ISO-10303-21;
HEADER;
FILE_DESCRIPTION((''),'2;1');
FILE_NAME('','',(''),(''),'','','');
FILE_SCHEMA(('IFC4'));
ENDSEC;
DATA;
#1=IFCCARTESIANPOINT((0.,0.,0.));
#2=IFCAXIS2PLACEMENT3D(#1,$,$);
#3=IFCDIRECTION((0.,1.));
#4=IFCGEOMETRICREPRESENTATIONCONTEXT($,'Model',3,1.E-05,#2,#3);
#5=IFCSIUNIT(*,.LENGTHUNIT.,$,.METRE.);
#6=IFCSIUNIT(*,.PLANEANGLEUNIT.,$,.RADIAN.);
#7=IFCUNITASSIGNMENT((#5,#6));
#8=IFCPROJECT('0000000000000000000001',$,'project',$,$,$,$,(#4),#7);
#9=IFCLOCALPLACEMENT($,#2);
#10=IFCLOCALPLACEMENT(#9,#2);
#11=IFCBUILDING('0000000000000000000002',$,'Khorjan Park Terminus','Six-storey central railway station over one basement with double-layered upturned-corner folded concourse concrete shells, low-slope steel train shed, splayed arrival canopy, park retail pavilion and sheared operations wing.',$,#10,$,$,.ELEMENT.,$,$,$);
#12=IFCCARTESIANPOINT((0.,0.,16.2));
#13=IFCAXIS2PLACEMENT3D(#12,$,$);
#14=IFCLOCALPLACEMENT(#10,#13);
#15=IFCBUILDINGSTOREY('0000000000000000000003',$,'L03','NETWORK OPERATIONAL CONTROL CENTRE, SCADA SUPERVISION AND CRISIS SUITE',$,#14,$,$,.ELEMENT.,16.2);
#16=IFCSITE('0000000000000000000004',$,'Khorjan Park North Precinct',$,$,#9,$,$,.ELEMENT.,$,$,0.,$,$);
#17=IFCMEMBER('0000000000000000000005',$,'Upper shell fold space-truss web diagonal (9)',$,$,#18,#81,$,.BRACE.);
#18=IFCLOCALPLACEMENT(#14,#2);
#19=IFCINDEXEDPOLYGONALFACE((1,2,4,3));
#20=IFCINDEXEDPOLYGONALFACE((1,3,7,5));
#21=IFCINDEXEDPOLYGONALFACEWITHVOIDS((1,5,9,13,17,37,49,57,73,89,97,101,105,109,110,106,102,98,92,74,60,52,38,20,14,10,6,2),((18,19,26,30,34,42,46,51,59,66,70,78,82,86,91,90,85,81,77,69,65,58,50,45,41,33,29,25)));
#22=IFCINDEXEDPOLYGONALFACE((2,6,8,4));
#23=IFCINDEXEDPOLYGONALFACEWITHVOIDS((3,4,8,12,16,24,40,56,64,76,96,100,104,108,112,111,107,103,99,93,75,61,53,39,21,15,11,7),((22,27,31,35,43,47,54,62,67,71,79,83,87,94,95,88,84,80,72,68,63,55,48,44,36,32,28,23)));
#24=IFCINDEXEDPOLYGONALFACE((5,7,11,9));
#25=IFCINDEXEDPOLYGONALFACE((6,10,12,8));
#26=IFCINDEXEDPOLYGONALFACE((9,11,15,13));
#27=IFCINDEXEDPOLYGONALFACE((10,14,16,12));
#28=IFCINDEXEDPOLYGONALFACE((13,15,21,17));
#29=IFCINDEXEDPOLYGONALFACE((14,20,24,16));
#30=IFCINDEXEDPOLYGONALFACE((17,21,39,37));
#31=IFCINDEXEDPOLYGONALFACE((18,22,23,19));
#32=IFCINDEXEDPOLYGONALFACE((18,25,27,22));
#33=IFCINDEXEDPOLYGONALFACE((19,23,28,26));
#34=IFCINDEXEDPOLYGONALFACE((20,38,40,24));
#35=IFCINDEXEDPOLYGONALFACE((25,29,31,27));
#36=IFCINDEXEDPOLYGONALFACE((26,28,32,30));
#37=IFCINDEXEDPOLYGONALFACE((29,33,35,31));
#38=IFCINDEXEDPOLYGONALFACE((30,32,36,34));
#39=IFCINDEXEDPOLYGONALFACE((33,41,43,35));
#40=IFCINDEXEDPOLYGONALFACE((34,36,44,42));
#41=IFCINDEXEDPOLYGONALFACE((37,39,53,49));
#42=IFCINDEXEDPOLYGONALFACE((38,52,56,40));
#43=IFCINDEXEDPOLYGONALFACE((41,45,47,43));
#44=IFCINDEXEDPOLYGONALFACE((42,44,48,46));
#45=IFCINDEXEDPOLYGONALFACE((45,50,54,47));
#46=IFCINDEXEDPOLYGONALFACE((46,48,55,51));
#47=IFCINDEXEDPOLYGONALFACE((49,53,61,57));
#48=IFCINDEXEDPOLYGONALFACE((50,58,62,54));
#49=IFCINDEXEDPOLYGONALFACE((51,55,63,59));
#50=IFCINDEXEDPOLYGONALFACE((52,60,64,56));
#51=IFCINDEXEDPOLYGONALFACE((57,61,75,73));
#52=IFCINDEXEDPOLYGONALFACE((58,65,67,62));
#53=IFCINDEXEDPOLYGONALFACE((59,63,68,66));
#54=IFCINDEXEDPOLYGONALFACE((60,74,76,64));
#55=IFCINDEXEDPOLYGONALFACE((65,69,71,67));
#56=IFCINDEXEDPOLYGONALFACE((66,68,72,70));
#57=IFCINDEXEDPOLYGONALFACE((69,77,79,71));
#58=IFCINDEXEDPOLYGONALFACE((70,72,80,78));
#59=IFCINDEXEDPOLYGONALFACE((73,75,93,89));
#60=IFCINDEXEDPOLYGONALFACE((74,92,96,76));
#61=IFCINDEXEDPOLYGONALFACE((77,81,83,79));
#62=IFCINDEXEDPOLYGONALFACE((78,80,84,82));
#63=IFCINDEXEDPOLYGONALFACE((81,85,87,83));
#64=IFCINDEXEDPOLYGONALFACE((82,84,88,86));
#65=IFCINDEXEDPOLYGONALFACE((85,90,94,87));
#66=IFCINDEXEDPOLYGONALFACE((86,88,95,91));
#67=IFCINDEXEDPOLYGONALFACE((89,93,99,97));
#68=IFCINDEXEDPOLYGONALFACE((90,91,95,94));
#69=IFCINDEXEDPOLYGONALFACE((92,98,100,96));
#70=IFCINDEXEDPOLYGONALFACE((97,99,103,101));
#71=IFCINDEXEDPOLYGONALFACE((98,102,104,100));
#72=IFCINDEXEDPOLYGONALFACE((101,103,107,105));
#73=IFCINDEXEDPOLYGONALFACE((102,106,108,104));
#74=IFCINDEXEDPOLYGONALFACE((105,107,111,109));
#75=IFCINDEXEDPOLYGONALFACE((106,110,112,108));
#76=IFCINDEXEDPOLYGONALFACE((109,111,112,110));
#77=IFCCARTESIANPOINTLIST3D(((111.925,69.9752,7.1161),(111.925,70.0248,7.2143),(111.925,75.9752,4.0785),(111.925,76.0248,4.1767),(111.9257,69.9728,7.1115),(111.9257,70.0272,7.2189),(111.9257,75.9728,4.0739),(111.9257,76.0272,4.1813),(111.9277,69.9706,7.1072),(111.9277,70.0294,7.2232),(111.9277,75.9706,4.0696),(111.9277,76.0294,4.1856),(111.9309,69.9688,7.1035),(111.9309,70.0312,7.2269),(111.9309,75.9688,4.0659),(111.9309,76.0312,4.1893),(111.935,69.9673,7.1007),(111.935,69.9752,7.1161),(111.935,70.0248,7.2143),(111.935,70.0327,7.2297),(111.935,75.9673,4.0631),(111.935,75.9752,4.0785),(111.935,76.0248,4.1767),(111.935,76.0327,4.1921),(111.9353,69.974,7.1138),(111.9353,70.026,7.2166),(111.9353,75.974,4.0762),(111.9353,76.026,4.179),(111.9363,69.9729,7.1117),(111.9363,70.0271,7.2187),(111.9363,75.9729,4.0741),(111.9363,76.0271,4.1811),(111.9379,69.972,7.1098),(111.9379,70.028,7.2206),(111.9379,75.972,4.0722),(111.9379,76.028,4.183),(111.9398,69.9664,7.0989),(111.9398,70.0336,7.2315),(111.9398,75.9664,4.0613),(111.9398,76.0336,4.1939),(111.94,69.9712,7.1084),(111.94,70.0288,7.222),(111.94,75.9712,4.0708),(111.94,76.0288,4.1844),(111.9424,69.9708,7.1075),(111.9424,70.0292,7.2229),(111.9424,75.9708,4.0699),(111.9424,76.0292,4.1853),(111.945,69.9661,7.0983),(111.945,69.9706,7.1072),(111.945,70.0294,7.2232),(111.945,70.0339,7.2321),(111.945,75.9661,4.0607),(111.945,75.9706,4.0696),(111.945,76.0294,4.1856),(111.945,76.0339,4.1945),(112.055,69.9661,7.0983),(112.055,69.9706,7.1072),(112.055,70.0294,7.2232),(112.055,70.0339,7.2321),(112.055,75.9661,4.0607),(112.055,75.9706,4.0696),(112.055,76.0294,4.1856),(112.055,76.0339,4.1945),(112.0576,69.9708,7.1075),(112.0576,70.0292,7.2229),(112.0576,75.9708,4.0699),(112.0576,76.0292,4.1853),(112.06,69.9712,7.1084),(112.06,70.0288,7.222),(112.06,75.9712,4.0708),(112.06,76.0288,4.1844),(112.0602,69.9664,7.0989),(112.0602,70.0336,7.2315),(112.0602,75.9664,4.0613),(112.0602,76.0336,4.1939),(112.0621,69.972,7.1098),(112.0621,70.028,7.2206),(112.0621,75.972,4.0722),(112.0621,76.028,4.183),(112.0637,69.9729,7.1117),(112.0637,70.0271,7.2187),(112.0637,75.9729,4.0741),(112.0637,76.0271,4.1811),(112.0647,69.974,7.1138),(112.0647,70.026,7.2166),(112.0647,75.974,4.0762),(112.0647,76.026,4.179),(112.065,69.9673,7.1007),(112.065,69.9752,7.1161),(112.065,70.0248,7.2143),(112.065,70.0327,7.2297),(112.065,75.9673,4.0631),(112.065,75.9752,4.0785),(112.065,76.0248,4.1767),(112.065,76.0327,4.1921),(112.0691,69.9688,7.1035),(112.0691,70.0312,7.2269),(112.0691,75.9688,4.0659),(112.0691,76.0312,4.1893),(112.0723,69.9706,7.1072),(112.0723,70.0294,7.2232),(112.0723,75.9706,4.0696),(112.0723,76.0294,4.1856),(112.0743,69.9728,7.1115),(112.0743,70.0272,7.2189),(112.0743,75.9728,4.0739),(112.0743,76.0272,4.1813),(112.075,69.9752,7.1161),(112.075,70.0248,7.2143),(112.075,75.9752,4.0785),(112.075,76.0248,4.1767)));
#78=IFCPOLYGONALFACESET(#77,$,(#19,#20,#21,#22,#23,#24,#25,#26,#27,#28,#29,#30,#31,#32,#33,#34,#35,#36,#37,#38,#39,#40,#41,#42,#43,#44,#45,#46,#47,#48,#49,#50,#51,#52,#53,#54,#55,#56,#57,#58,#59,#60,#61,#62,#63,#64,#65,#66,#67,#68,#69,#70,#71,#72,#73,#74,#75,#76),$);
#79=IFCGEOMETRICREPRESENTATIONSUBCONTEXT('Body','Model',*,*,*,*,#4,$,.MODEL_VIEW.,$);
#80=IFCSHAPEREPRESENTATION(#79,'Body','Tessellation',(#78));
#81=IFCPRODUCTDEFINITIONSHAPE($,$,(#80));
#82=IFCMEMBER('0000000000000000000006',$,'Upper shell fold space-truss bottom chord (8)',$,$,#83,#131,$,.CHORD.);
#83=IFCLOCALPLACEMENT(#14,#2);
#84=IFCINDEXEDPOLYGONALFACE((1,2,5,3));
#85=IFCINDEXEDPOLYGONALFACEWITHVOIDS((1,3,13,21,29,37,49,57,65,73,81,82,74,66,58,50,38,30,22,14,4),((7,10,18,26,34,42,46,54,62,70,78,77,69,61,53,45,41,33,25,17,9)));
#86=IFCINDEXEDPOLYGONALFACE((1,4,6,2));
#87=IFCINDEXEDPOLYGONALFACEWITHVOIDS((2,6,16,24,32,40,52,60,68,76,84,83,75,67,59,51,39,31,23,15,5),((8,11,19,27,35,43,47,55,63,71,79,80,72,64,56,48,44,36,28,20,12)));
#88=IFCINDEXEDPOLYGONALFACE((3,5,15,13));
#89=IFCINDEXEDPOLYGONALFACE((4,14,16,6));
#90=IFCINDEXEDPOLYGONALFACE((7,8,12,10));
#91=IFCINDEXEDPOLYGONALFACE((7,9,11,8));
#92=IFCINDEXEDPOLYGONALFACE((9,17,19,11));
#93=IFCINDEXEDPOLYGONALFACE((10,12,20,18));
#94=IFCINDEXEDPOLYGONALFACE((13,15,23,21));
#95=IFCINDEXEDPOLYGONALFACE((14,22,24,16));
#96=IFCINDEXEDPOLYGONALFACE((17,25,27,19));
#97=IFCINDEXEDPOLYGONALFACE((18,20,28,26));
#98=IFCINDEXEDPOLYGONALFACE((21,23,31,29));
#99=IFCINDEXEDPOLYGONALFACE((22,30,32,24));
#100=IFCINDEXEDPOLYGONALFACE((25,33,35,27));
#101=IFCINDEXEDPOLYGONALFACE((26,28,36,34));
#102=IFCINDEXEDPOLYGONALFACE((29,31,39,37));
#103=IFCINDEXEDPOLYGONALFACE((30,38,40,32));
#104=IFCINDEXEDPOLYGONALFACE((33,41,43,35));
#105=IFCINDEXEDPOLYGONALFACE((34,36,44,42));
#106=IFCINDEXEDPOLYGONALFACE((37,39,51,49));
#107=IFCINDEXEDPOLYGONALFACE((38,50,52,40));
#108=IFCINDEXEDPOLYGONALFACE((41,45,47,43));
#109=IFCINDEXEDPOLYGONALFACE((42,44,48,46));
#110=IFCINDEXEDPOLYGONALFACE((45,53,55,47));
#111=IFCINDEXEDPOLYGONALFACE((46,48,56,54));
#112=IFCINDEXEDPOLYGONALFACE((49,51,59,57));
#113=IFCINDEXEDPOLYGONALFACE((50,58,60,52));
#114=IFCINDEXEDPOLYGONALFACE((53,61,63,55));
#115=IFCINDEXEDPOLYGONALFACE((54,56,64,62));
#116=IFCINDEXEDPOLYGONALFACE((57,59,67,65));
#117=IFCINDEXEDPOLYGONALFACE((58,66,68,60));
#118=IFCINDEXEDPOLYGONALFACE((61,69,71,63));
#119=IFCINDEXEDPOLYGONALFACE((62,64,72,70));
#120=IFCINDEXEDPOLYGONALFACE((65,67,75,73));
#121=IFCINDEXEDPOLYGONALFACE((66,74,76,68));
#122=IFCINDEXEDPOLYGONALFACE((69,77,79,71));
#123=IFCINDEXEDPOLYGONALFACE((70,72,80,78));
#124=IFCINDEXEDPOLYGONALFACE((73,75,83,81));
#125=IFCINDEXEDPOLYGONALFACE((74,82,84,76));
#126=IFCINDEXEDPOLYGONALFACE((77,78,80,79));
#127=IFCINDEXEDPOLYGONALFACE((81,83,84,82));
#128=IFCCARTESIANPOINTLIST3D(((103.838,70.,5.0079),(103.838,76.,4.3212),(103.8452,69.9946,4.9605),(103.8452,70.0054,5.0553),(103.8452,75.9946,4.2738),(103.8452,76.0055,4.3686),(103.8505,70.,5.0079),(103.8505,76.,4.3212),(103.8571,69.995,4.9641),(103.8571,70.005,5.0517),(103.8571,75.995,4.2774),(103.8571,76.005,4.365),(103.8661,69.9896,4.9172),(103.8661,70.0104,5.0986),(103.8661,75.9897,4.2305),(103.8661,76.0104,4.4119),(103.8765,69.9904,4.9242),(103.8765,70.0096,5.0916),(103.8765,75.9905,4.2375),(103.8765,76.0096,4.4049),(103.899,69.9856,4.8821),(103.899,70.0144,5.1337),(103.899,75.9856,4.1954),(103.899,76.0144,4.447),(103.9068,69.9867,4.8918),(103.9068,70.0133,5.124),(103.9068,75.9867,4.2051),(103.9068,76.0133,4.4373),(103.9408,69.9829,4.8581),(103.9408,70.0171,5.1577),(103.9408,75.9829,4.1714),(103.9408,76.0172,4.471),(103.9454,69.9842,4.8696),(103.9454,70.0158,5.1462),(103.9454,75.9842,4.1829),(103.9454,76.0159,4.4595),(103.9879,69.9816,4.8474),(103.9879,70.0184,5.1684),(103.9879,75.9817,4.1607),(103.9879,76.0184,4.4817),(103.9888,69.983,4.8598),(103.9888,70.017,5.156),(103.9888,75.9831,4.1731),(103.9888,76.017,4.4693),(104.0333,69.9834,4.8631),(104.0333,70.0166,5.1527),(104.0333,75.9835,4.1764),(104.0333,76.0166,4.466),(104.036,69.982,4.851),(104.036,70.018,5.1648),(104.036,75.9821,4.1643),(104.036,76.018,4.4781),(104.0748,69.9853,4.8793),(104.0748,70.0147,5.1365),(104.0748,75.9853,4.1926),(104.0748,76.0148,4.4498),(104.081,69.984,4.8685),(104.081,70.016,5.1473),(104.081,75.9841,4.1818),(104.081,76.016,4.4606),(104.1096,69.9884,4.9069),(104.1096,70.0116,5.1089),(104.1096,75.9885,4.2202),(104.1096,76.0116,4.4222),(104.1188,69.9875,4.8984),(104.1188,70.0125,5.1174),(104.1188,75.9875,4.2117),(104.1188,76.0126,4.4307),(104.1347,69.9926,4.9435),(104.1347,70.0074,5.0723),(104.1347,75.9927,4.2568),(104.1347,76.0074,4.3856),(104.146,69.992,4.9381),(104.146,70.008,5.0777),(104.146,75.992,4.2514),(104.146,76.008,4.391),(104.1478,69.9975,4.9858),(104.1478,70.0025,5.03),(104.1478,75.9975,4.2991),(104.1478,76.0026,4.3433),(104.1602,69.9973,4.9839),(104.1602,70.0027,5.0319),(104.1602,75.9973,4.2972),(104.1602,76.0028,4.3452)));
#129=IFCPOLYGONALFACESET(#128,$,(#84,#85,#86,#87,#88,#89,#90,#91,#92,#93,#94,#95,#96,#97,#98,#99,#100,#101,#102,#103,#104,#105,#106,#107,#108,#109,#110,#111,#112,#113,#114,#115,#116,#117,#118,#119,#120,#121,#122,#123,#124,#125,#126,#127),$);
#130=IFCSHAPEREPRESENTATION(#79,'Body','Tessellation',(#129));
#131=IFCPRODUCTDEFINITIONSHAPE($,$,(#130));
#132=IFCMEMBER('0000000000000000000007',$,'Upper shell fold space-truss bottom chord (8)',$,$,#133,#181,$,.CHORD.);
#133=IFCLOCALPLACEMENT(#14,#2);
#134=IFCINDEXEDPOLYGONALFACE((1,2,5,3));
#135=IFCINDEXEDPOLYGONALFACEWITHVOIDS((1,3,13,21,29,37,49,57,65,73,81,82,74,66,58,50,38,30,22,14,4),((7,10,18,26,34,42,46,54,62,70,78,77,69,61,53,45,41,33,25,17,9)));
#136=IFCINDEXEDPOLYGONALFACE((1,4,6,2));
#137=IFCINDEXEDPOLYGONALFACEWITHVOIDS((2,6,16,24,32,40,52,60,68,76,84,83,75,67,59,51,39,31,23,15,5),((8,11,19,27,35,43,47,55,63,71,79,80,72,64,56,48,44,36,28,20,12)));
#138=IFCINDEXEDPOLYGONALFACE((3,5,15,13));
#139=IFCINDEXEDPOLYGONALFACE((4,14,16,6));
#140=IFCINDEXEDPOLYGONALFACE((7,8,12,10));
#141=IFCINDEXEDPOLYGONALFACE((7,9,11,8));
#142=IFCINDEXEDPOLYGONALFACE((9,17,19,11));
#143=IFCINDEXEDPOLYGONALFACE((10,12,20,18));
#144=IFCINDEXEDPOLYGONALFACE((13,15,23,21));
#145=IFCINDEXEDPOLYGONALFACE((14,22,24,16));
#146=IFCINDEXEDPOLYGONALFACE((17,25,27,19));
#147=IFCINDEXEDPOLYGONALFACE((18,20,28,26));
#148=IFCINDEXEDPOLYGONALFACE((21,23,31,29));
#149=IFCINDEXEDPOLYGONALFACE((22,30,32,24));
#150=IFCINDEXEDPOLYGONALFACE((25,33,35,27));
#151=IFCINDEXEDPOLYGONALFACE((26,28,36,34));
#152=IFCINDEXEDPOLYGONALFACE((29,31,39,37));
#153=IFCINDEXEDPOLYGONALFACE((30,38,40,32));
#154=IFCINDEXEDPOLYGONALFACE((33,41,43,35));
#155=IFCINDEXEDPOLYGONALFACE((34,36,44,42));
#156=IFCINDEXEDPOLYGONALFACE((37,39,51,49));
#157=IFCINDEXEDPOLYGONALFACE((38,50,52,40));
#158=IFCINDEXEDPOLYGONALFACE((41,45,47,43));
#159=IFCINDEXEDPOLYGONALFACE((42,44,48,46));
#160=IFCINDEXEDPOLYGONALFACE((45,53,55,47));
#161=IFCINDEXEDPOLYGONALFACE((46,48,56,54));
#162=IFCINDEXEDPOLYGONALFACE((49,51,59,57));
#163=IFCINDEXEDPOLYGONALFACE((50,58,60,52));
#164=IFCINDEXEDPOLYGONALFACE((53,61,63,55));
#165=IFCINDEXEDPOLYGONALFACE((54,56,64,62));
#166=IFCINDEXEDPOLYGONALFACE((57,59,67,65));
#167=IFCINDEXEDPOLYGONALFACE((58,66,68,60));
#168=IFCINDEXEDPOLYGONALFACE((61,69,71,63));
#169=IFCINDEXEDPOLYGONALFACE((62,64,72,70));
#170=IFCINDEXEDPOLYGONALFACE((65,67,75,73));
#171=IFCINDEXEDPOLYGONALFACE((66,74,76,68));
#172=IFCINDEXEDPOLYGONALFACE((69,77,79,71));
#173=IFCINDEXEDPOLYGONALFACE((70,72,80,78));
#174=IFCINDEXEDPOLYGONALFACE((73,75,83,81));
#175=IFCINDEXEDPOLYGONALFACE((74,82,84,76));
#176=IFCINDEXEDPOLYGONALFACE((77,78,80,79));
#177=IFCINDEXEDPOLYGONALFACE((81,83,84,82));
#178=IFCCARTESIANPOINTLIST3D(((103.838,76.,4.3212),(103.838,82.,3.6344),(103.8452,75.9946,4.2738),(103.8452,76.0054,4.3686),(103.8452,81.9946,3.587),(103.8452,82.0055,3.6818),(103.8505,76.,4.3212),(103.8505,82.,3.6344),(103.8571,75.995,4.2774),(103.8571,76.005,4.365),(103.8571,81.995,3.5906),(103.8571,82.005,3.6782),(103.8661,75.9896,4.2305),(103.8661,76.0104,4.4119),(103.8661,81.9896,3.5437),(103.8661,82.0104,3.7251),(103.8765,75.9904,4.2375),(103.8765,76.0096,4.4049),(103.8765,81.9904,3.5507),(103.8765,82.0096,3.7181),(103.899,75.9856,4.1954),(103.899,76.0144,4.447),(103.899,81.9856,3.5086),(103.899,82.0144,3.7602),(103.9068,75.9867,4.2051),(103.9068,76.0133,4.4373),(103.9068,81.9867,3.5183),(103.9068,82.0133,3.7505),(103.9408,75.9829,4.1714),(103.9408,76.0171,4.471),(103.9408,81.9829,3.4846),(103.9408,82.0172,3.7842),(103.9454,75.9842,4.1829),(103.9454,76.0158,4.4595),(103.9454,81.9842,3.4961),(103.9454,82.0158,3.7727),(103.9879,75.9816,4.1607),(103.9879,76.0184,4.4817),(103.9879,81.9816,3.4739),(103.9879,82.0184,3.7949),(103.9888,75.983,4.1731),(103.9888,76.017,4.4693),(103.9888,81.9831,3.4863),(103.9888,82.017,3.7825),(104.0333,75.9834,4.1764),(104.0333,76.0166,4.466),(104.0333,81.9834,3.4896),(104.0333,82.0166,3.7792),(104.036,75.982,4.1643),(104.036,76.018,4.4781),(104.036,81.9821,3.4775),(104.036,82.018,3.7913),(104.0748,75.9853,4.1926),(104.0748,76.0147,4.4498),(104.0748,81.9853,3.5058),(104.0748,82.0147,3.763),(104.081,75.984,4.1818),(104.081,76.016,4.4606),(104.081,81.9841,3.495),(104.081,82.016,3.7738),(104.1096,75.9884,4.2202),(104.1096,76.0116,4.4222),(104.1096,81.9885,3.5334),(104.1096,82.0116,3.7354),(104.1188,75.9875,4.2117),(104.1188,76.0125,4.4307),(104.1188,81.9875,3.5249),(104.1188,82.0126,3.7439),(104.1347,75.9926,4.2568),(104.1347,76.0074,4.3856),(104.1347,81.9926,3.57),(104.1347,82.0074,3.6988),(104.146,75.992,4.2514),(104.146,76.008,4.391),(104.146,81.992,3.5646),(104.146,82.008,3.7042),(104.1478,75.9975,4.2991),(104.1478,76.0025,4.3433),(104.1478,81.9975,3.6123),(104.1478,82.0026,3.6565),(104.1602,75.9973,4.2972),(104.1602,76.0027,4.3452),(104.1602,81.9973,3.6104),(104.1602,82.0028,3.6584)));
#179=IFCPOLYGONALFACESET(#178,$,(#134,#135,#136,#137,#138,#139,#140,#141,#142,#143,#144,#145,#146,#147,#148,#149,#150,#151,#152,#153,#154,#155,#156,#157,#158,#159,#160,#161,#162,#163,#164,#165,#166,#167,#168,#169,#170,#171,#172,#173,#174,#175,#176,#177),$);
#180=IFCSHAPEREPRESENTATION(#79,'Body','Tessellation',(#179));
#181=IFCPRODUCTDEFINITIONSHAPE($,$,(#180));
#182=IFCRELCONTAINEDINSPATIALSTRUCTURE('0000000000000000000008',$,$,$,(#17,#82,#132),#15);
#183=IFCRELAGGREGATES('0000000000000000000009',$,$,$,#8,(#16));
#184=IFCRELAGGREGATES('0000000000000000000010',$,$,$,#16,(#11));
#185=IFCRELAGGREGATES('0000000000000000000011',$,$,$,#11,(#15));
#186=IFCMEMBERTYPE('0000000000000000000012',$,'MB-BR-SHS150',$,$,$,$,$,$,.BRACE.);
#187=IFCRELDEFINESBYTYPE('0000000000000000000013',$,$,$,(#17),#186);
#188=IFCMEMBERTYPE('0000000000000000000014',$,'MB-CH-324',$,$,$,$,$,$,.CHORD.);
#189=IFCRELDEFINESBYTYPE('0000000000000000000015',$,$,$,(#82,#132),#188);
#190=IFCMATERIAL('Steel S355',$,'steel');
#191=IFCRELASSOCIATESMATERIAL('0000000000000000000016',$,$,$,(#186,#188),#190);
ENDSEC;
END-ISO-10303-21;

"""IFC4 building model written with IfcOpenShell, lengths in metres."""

from ifc_helpers import new_model, si_unit, direction, frame, origin, origin_2d, place, context, subcontext, project, spatial, hollow_rectangle, hollow_circle, extrude, material, material_profile, profile_set, type_object, element, save


model = new_model("IFC4")

# Units and contexts
model_context = context("Model", 3, precision=1e-05, world=origin(), true_north=direction((0.0, 1.0)))
body_context = subcontext(model_context, "Body", "Model", "MODEL_VIEW")
ifc_project = project(units=[si_unit("LENGTHUNIT", "METRE"), si_unit("PLANEANGLEUNIT", "RADIAN")], contexts=[model_context])

# Site, building, storey
site_placement = place(None, origin())
site = spatial("IfcSite", under=ifc_project, at=site_placement, Name="Khorjan Park North Precinct", CompositionType="ELEMENT", RefElevation=0.0)
building_placement = place(site_placement, origin())
building = spatial("IfcBuilding", under=site, at=building_placement, Name="Khorjan Park Terminus", Description="Six-storey central railway station over one basement with double-layered upturned-corner folded concourse concrete shells, low-slope steel train shed, splayed arrival canopy, park retail pavilion and sheared operations wing.", CompositionType="ELEMENT")
storey_placement = place(building_placement, frame((0.0, 0.0, 16.2)))
storey = spatial("IfcBuildingStorey", under=building, at=storey_placement, Name="L03", Description="NETWORK OPERATIONAL CONTROL CENTRE, SCADA SUPERVISION AND CRISIS SUITE", CompositionType="ELEMENT", Elevation=16.2)

# Members
ifc_material = material(Name="Steel S355", Category="steel")
ifc_material_profile_1 = material_profile(ifc_material, hollow_rectangle(XDim=0.15, YDim=0.15, WallThickness=0.01, InnerFilletRadius=0.01, OuterFilletRadius=0.02, at=origin_2d()), Name="SHS 150x150x10")
ifc_profile_set_1 = profile_set([ifc_material_profile_1], Name="Steel S355")
member_type_1 = type_object("IfcMemberType", Name="MB-BR-SHS150", PredefinedType="BRACE", material=ifc_profile_set_1)
member_1_placement = place(storey_placement, frame((112.0, 70.0, 7.1652), z_axis=(0.0, 0.89218, -0.451681), x_axis=(-1.0, 0.0, 0.0)))
element("IfcMember", 1, at=member_1_placement, inside=storey, type_object=member_type_1, Name="Upper shell fold space-truss web diagonal (9)", PredefinedType="BRACE", context=body_context, shape_type="SweptSolid", body=[
    extrude(hollow_rectangle(XDim=0.15, YDim=0.15, WallThickness=0.01, InnerFilletRadius=0.01, OuterFilletRadius=0.02, at=origin_2d()), origin(), (0.0, 0.0, 1.0), 6.7251),
])
ifc_material_profile_2 = material_profile(ifc_material, hollow_circle(Radius=0.162, WallThickness=0.0125, at=origin_2d()), Name="CHS 323.9x12.5")
ifc_profile_set_2 = profile_set([ifc_material_profile_2], Name="Steel S355")
member_type_2 = type_object("IfcMemberType", Name="MB-CH-324", PredefinedType="CHORD", material=ifc_profile_set_2)
for number, where, z_axis, x_axis, name in (
    (2, (104.0, 70.0, 5.0079), (0.0, 0.993514, -0.113708), (-1.0, 0.0, 0.0), "Upper shell fold space-truss bottom chord (8)"),
    (3, (104.0, 76.0, 4.3212), (0.0, 0.993512, -0.113724), (-1.0, 0.0, 0.0), "Upper shell fold space-truss bottom chord (8)"),
):
    element("IfcMember", number, at=place(storey_placement, frame(where, z_axis=z_axis, x_axis=x_axis)), inside=storey, type_object=member_type_2, Name=name, PredefinedType="CHORD", context=body_context, shape_type="SweptSolid", body=[
        extrude(hollow_circle(Radius=0.162, WallThickness=0.0125, at=origin_2d()), origin(), (0.0, 0.0, 1.0), 6.0392),
    ])

save(model, "model.ifc")
